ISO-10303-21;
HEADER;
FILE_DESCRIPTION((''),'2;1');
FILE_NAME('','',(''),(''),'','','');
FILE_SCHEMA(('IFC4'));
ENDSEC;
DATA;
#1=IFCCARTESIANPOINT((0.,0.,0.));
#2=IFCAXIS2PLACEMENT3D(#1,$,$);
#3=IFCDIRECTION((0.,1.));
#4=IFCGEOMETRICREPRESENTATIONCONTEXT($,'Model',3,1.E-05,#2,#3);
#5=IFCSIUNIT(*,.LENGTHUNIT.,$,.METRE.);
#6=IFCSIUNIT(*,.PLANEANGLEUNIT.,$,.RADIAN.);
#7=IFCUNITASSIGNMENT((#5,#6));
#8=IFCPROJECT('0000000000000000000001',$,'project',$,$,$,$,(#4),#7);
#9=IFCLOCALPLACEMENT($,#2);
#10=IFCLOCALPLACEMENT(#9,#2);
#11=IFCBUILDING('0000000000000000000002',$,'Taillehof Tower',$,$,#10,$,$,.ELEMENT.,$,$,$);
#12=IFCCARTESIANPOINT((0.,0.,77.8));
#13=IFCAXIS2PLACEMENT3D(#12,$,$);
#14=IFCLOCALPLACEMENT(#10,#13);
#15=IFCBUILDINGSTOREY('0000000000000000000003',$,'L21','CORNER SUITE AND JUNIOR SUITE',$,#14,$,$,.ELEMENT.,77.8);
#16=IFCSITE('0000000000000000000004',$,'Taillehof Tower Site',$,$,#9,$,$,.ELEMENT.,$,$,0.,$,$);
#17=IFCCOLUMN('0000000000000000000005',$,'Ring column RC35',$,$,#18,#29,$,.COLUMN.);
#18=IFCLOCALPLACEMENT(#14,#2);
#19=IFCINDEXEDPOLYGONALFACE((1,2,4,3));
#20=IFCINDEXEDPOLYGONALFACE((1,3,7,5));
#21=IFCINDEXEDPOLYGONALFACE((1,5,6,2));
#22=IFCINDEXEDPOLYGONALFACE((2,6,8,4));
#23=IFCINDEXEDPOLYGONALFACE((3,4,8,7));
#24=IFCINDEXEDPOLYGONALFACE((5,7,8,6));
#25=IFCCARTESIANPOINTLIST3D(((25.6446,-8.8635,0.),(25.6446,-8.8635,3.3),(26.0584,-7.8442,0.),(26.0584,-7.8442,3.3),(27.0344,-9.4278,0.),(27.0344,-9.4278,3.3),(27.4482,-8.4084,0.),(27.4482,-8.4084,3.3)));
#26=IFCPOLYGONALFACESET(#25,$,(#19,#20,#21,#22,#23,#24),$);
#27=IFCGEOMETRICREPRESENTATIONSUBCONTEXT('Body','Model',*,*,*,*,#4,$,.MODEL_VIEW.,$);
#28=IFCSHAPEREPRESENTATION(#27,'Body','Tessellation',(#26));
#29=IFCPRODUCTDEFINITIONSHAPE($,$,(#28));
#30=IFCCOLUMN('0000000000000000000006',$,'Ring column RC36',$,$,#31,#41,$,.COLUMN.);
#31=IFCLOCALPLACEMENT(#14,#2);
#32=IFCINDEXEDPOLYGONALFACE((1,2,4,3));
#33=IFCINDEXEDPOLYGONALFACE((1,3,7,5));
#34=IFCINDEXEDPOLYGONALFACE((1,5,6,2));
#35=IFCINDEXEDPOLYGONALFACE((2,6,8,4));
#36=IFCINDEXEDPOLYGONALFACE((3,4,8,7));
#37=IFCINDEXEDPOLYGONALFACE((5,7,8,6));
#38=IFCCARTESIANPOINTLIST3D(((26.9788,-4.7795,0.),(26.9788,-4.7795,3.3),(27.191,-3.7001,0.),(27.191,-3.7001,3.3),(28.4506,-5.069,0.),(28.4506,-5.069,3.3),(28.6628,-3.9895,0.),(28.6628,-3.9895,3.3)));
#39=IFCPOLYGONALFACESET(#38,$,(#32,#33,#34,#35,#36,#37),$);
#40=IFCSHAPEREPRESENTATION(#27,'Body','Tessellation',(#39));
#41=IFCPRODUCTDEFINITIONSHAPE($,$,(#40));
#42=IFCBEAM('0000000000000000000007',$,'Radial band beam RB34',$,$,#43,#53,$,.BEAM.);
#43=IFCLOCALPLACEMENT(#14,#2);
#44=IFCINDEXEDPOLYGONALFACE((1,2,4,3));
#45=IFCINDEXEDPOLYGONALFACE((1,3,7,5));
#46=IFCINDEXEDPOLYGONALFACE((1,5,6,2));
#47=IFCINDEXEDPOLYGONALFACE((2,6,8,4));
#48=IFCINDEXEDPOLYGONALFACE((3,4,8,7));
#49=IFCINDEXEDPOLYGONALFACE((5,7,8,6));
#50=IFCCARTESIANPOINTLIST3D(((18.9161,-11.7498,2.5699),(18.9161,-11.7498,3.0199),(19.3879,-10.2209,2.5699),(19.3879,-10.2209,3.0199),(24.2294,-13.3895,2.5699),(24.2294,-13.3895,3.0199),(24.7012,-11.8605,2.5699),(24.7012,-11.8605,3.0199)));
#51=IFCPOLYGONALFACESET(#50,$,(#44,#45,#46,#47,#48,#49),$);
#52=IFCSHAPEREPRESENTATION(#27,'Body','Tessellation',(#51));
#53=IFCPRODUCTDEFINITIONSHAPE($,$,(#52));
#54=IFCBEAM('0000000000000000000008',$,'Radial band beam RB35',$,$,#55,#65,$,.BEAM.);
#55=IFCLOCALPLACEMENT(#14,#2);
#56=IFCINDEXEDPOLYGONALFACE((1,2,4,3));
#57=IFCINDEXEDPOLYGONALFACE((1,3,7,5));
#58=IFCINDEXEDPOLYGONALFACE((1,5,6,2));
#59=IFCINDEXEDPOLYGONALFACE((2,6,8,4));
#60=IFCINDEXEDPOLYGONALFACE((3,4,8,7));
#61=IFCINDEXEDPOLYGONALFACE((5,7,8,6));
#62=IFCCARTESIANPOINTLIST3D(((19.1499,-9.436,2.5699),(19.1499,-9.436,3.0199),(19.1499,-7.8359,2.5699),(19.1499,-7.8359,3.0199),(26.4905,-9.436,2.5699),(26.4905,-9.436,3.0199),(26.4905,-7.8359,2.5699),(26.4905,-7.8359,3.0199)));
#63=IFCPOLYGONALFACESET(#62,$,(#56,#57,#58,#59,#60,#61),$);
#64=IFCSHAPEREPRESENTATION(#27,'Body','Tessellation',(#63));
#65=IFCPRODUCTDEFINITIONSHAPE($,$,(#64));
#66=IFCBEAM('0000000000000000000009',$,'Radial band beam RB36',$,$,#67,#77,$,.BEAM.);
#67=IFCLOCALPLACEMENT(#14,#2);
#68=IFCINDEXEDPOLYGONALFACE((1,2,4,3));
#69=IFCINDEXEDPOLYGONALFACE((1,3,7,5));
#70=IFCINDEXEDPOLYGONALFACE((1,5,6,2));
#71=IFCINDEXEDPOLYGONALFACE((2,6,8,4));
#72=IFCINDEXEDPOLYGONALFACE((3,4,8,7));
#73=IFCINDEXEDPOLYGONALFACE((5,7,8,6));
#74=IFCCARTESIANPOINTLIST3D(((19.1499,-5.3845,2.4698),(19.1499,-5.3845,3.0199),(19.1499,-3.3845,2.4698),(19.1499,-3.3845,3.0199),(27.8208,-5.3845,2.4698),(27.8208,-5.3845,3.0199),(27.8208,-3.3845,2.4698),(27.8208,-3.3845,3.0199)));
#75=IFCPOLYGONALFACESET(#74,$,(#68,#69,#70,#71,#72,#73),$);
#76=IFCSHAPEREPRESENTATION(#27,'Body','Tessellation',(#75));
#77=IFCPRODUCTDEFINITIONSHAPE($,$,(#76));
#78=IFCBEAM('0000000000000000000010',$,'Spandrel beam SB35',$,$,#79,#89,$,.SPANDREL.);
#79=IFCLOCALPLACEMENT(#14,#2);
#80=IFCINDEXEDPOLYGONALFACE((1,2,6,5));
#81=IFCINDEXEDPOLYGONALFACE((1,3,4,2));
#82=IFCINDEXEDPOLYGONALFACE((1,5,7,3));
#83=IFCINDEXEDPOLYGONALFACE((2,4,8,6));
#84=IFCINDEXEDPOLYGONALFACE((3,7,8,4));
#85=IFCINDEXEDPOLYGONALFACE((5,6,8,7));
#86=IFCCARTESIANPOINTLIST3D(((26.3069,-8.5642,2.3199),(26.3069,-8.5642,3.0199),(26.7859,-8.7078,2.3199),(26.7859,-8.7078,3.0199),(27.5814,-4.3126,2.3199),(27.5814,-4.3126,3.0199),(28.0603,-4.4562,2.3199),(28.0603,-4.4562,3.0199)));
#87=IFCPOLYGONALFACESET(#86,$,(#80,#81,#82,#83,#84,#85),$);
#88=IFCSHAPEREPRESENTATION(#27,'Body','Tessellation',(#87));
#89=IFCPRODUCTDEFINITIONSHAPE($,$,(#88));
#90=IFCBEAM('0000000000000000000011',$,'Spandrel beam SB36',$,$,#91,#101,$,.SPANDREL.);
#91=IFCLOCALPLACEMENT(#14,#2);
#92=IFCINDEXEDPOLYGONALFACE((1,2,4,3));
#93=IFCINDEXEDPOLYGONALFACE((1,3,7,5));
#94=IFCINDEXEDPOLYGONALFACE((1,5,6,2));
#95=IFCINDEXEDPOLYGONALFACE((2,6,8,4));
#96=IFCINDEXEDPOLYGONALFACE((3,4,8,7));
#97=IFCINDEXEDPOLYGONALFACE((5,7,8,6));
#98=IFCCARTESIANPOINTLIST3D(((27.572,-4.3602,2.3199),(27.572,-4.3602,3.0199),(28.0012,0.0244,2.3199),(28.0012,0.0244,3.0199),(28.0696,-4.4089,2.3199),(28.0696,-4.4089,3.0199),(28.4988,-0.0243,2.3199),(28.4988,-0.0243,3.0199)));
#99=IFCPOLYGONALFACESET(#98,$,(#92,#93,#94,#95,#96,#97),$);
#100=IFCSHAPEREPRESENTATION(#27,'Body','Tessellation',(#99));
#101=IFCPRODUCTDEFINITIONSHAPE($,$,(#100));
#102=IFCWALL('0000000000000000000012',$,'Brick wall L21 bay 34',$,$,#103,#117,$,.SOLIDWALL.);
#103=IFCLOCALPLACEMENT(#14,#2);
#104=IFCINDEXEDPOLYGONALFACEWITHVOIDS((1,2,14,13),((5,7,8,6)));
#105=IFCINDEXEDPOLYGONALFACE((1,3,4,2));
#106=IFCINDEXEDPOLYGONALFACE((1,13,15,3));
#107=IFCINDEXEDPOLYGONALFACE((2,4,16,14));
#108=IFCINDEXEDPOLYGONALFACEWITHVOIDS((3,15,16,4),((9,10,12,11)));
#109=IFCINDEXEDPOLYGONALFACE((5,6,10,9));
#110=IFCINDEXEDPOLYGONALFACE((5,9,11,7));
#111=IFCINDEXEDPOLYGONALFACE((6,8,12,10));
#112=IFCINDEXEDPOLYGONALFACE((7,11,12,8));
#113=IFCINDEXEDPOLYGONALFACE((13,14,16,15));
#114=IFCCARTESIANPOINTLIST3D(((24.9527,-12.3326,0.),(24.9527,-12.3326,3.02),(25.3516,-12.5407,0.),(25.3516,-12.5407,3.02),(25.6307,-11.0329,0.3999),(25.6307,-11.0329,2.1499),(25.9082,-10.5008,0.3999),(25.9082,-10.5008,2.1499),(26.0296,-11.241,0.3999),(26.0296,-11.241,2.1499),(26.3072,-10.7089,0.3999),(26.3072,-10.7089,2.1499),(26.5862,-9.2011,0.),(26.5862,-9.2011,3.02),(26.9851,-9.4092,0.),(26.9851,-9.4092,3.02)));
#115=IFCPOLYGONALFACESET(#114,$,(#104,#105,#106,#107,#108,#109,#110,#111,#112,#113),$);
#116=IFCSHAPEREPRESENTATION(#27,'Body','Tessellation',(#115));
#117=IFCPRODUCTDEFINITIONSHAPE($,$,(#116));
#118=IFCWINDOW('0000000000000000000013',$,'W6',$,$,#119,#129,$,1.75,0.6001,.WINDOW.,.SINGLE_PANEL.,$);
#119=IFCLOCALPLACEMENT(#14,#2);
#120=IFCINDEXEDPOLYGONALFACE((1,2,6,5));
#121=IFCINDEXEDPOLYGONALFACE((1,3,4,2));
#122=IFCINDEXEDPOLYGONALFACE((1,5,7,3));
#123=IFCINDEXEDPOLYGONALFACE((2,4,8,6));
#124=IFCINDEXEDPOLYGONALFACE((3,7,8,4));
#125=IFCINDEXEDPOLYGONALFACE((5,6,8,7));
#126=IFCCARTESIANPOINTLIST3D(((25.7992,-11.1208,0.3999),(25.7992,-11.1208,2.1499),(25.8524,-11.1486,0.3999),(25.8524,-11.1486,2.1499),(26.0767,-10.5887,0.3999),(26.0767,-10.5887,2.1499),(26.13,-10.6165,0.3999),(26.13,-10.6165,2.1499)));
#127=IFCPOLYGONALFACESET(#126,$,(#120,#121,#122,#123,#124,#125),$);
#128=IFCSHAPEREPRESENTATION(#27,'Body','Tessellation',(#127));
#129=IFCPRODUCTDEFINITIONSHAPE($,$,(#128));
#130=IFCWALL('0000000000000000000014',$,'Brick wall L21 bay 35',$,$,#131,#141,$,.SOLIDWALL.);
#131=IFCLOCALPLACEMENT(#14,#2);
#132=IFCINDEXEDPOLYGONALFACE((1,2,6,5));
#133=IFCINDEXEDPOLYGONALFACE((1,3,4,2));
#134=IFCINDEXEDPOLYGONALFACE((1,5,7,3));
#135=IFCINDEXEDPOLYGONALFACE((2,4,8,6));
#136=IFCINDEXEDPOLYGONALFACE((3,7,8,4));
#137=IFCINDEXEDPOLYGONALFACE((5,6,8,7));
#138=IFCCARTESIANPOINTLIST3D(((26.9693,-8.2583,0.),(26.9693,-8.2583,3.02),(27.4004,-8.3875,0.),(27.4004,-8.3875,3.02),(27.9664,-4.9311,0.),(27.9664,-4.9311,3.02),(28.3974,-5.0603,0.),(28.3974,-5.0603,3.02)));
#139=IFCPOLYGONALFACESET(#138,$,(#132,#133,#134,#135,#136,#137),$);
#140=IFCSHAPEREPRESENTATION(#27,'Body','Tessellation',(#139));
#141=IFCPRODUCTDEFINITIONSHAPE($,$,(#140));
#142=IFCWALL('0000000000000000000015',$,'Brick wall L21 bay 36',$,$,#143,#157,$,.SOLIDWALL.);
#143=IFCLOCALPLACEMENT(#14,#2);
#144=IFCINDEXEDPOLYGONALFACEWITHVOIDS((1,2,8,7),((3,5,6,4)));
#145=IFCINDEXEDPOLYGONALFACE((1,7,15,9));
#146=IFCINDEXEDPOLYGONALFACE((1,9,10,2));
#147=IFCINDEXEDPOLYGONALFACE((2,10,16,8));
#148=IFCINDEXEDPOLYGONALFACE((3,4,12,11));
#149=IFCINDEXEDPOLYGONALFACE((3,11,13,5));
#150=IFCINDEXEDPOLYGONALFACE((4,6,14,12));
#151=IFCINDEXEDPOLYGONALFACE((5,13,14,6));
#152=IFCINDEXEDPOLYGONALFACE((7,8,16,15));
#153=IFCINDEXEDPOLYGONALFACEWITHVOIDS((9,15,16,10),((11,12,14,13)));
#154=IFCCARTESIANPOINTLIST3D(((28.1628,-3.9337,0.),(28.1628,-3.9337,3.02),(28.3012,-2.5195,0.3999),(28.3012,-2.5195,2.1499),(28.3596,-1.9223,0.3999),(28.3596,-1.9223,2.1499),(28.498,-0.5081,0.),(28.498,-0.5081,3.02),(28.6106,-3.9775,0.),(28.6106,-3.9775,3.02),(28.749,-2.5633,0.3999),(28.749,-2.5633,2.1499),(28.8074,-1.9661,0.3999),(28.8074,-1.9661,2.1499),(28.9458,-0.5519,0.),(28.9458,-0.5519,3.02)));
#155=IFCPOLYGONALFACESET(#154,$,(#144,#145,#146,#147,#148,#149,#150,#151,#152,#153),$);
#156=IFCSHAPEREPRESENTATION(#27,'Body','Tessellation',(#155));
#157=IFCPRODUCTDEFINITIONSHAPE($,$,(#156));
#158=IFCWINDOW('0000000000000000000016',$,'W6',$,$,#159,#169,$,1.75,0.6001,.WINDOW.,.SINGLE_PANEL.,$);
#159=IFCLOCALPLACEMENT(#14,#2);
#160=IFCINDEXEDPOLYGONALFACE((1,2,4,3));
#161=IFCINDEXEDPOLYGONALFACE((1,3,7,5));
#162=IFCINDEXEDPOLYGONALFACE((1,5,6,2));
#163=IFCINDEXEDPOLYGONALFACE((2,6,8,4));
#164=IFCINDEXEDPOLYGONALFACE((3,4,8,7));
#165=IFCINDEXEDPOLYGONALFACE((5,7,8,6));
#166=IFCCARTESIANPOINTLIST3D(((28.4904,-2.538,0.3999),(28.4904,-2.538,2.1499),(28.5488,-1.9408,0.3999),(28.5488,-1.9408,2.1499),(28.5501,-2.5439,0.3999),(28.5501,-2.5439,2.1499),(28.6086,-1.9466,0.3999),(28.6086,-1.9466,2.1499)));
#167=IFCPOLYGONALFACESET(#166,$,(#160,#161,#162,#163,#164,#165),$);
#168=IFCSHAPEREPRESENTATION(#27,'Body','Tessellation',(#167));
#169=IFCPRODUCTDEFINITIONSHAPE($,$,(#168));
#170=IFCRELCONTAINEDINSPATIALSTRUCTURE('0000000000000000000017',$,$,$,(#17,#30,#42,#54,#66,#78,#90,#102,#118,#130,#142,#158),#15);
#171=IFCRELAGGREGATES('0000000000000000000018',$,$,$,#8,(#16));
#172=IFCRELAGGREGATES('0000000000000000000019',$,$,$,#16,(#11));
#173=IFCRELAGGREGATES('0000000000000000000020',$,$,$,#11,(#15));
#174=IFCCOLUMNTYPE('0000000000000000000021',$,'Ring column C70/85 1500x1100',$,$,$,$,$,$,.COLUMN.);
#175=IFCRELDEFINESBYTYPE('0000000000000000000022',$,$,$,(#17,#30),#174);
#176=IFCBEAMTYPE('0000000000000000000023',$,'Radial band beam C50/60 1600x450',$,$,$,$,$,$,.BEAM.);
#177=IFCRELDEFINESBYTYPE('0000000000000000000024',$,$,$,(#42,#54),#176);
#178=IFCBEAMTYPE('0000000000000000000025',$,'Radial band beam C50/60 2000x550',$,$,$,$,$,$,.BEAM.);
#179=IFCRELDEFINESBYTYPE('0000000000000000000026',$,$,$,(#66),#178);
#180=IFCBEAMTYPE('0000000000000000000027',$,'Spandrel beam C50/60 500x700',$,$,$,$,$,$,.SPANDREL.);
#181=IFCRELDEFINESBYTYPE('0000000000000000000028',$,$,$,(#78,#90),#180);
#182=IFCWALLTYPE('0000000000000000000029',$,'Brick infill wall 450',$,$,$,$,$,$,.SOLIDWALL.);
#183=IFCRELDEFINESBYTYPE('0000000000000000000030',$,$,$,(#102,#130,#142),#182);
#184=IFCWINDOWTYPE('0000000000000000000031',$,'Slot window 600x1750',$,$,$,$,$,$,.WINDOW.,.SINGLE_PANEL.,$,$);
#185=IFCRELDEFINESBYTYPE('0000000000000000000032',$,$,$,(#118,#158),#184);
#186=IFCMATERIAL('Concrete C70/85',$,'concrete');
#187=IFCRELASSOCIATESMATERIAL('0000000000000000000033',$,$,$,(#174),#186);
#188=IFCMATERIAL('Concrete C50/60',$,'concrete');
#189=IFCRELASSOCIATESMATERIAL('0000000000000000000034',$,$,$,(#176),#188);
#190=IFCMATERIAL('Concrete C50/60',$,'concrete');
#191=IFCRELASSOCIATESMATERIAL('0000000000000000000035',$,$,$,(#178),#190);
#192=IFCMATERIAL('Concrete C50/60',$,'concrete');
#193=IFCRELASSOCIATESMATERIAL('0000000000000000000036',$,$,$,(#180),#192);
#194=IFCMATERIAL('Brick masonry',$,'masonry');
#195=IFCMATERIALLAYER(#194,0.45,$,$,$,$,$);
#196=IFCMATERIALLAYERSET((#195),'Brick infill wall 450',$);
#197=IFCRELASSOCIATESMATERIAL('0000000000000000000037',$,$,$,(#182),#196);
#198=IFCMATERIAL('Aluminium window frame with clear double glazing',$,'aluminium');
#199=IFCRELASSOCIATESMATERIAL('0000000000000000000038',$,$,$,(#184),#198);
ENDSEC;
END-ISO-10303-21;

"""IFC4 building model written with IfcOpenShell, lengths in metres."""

from ifc_helpers import new_model, si_unit, direction, frame, frame_2d, origin, origin_2d, place, context, subcontext, project, spatial, rectangle, extrude, material, layer, layer_set, material_profile, profile_set, type_object, element, fill, save


model = new_model("IFC4")

# Units and contexts
model_context = context("Model", 3, precision=1e-05, world=origin(), true_north=direction((0.0, 1.0)))
body_context = subcontext(model_context, "Body", "Model", "MODEL_VIEW")
ifc_project = project(units=[si_unit("LENGTHUNIT", "METRE"), si_unit("PLANEANGLEUNIT", "RADIAN")], contexts=[model_context])

# Site, building, storey
site_placement = place(None, origin())
site = spatial("IfcSite", under=ifc_project, at=site_placement, Name="Taillehof Tower Site", CompositionType="ELEMENT", RefElevation=0.0)
building_placement = place(site_placement, origin())
building = spatial("IfcBuilding", under=site, at=building_placement, Name="Taillehof Tower", CompositionType="ELEMENT")
storey_placement = place(building_placement, frame((0.0, 0.0, 77.8)))
storey = spatial("IfcBuildingStorey", under=building, at=storey_placement, Name="L21", Description="CORNER SUITE AND JUNIOR SUITE", CompositionType="ELEMENT", Elevation=77.8)

# Columns
ifc_material_1 = material(Name="Concrete C70/85", Category="concrete")
ifc_material_profile_1 = material_profile(ifc_material_1, rectangle(XDim=1.5, YDim=1.1001, at=origin_2d()), Name="RC 1500x1100")
ifc_profile_set_1 = profile_set([ifc_material_profile_1], Name="Concrete C70/85")
column_type = type_object("IfcColumnType", Name="Ring column C70/85 1500x1100", PredefinedType="COLUMN", material=ifc_profile_set_1)
for number, where, z_axis, x_axis, name in (
    (1, (26.5464, -8.636, 0.0), (0.0, 0.0, 1.0), (0.926558, -0.376152, 0.0), "Ring column RC35"),
    (2, (27.8208, -4.3845, 0.0), (0.0, 0.0, 1.0), (0.981204, -0.192976, 0.0), "Ring column RC36"),
):
    element("IfcColumn", number, at=place(storey_placement, frame(where, z_axis=z_axis, x_axis=x_axis)), inside=storey, type_object=column_type, Name=name, PredefinedType="COLUMN", context=body_context, shape_type="SweptSolid", body=[
        extrude(rectangle(XDim=1.5, YDim=1.1001, at=origin_2d()), origin(), (0.0, 0.0, 1.0), 3.3),
    ])

# Beams
ifc_material_2 = material(Name="Concrete C50/60", Category="concrete")
ifc_material_profile_2 = material_profile(ifc_material_2, rectangle(XDim=1.6001, YDim=0.45, at=origin_2d()), Name="RC 1600x450")
ifc_profile_set_2 = profile_set([ifc_material_profile_2], Name="Concrete C50/60")
beam_type_1 = type_object("IfcBeamType", Name="Radial band beam C50/60 1600x450", PredefinedType="BEAM", material=ifc_profile_set_2)
beam_1_placement = place(storey_placement, frame((24.4653, -12.625, 2.7949), z_axis=(-0.955536, 0.294876, 0.0), x_axis=(-0.294876, -0.955536, 0.0)))
element("IfcBeam", 3, at=beam_1_placement, inside=storey, type_object=beam_type_1, Name="Radial band beam RB34", PredefinedType="BEAM", context=body_context, shape_type="SweptSolid", body=[
    extrude(rectangle(XDim=1.6001, YDim=0.45, at=origin_2d()), origin(), (0.0, 0.0, 1.0), 5.5605),
])
beam_2_placement = place(storey_placement, frame((26.4905, -8.636, 2.7949), z_axis=(-1.0, 0.0, 0.0), x_axis=(0.0, -1.0, 0.0)))
element("IfcBeam", 4, at=beam_2_placement, inside=storey, type_object=beam_type_1, Name="Radial band beam RB35", PredefinedType="BEAM", context=body_context, shape_type="SweptSolid", body=[
    extrude(rectangle(XDim=1.6001, YDim=0.45, at=origin_2d()), origin(), (0.0, 0.0, 1.0), 7.3406),
])
ifc_material_3 = material(Name="Concrete C50/60", Category="concrete")
ifc_material_profile_3 = material_profile(ifc_material_3, rectangle(XDim=2.0, YDim=0.55, at=origin_2d()), Name="RC 2000x550")
ifc_profile_set_3 = profile_set([ifc_material_profile_3], Name="Concrete C50/60")
beam_type_2 = type_object("IfcBeamType", Name="Radial band beam C50/60 2000x550", PredefinedType="BEAM", material=ifc_profile_set_3)
beam_3_placement = place(storey_placement, frame((27.8208, -4.3845, 2.7449), z_axis=(-1.0, 0.0, 0.0), x_axis=(0.0, -1.0, 0.0)))
element("IfcBeam", 5, at=beam_3_placement, inside=storey, type_object=beam_type_2, Name="Radial band beam RB36", PredefinedType="BEAM", context=body_context, shape_type="SweptSolid", body=[
    extrude(rectangle(XDim=2.0, YDim=0.55, at=origin_2d()), origin(), (0.0, 0.0, 1.0), 8.6709),
])
ifc_material_4 = material(Name="Concrete C50/60", Category="concrete")
ifc_material_profile_4 = material_profile(ifc_material_4, rectangle(XDim=0.5, YDim=0.7, at=origin_2d()), Name="RC 500x700")
ifc_profile_set_4 = profile_set([ifc_material_profile_4], Name="Concrete C50/60")
beam_type_3 = type_object("IfcBeamType", Name="Spandrel beam C50/60 500x700", PredefinedType="SPANDREL", material=ifc_profile_set_4)
beam_4_placement = place(storey_placement, frame((26.5464, -8.636, 2.6699), z_axis=(0.287136, 0.95789, 0.0), x_axis=(-0.95789, 0.287136, 0.0)))
element("IfcBeam", 6, at=beam_4_placement, inside=storey, type_object=beam_type_3, Name="Spandrel beam SB35", PredefinedType="SPANDREL", context=body_context, shape_type="SweptSolid", body=[
    extrude(rectangle(XDim=0.5, YDim=0.7, at=origin_2d()), origin(), (0.0, 0.0, 1.0), 4.4385),
])
beam_5_placement = place(storey_placement, frame((27.8208, -4.3845, 2.6699), z_axis=(0.097424, 0.995243, 0.0), x_axis=(-0.995243, 0.097424, 0.0)))
element("IfcBeam", 7, at=beam_5_placement, inside=storey, type_object=beam_type_3, Name="Spandrel beam SB36", PredefinedType="SPANDREL", context=body_context, shape_type="SweptSolid", body=[
    extrude(rectangle(XDim=0.5, YDim=0.7, at=origin_2d()), origin(), (0.0, 0.0, 1.0), 4.4055),
])

# Wall, opening, window
ifc_material_5 = material(Name="Brick masonry", Category="masonry")
ifc_layer_1 = layer(ifc_material_5, 0.45)
ifc_layer_set_1 = layer_set([ifc_layer_1], Name="Brick infill wall 450")
wall_type_1 = type_object("IfcWallType", Name="Brick infill wall 450", PredefinedType="SOLIDWALL", material=ifc_layer_set_1)
wall_1_placement = place(storey_placement, frame((25.1521, -12.4368, 0.0), z_axis=(0.0, 0.0, 1.0), x_axis=(0.462493, 0.886623, 0.0)))
wall_1 = element("IfcWall", 8, at=wall_1_placement, inside=storey, type_object=wall_type_1, Name="Brick wall L21 bay 34", PredefinedType="SOLIDWALL", context=body_context, shape_type="SweptSolid", body=[
    extrude(rectangle(XDim=3.532, YDim=0.45, at=frame_2d((1.7661, 0.0))), origin(), (0.0, 0.0, 1.0), 3.02),
])
opening_1_placement = place(wall_1_placement, frame((1.4661, 0.0, 0.3999)))
opening_1 = element("IfcOpeningElement", 9, at=opening_1_placement, cuts=wall_1, PredefinedType="OPENING", context=body_context, shape_type="SweptSolid", body=[
    extrude(rectangle(XDim=0.6001, YDim=1.75, at=frame_2d((0.3, 0.875))), frame((0.0, 0.2349, 0.0), z_axis=(0.0, -1.0, 0.0), x_axis=(1.0, 0.0, 0.0)), (0.0, 0.0, 1.0), 0.47),
])
ifc_material_6 = material(Name="Aluminium window frame with clear double glazing", Category="aluminium")
window_type = type_object("IfcWindowType", Name="Slot window 600x1750", PartitioningType="SINGLE_PANEL", PredefinedType="WINDOW", material=ifc_material_6)
window_1_placement = place(opening_1_placement, origin())
window_1 = element("IfcWindow", 10, at=window_1_placement, inside=storey, type_object=window_type, Name="W6", OverallHeight=1.75, OverallWidth=0.6001, PartitioningType="SINGLE_PANEL", PredefinedType="WINDOW", context=body_context, shape_type="SweptSolid", body=[
    extrude(rectangle(XDim=0.6001, YDim=1.75, at=frame_2d((0.3, 0.875))), frame((0.0, 0.0349, 0.0), z_axis=(0.0, -1.0, 0.0), x_axis=(1.0, 0.0, 0.0)), (0.0, 0.0, 1.0), 0.0601),
])
fill(opening_1, window_1)

# Wall
wall_2_placement = place(storey_placement, frame((27.1848, -8.323, 0.0), z_axis=(0.0, 0.0, 1.0), x_axis=(0.287064, 0.957911, 0.0)))
element("IfcWall", 11, at=wall_2_placement, inside=storey, type_object=wall_type_1, Name="Brick wall L21 bay 35", PredefinedType="SOLIDWALL", context=body_context, shape_type="SweptSolid", body=[
    extrude(rectangle(XDim=3.4734, YDim=0.45, at=frame_2d((1.7368, 0.0))), origin(), (0.0, 0.0, 1.0), 3.02),
])

# Wall, opening, window
wall_3_placement = place(storey_placement, frame((28.3867, -3.9556, 0.0), z_axis=(0.0, 0.0, 1.0), x_axis=(0.09739, 0.995246, 0.0)))
wall_3 = element("IfcWall", 12, at=wall_3_placement, inside=storey, type_object=wall_type_1, Name="Brick wall L21 bay 36", PredefinedType="SOLIDWALL", context=body_context, shape_type="SweptSolid", body=[
    extrude(rectangle(XDim=3.4419, YDim=0.45, at=frame_2d((1.7209, 0.0))), origin(), (0.0, 0.0, 1.0), 3.02),
])
opening_2_placement = place(wall_3_placement, frame((1.4209, 0.0, 0.3999)))
opening_2 = element("IfcOpeningElement", 13, at=opening_2_placement, cuts=wall_3, PredefinedType="OPENING", context=body_context, shape_type="SweptSolid", body=[
    extrude(rectangle(XDim=0.6001, YDim=1.75, at=frame_2d((0.3, 0.875))), frame((0.0, 0.2349, 0.0), z_axis=(0.0, -1.0, 0.0), x_axis=(1.0, 0.0, 0.0)), (0.0, 0.0, 1.0), 0.47),
])
window_2_placement = place(opening_2_placement, origin())
window_2 = element("IfcWindow", 14, at=window_2_placement, inside=storey, type_object=window_type, Name="W6", OverallHeight=1.75, OverallWidth=0.6001, PartitioningType="SINGLE_PANEL", PredefinedType="WINDOW", context=body_context, shape_type="SweptSolid", body=[
    extrude(rectangle(XDim=0.6001, YDim=1.75, at=frame_2d((0.3, 0.875))), frame((0.0, 0.0349, 0.0), z_axis=(0.0, -1.0, 0.0), x_axis=(1.0, 0.0, 0.0)), (0.0, 0.0, 1.0), 0.0601),
])
fill(opening_2, window_2)

save(model, "model.ifc")
